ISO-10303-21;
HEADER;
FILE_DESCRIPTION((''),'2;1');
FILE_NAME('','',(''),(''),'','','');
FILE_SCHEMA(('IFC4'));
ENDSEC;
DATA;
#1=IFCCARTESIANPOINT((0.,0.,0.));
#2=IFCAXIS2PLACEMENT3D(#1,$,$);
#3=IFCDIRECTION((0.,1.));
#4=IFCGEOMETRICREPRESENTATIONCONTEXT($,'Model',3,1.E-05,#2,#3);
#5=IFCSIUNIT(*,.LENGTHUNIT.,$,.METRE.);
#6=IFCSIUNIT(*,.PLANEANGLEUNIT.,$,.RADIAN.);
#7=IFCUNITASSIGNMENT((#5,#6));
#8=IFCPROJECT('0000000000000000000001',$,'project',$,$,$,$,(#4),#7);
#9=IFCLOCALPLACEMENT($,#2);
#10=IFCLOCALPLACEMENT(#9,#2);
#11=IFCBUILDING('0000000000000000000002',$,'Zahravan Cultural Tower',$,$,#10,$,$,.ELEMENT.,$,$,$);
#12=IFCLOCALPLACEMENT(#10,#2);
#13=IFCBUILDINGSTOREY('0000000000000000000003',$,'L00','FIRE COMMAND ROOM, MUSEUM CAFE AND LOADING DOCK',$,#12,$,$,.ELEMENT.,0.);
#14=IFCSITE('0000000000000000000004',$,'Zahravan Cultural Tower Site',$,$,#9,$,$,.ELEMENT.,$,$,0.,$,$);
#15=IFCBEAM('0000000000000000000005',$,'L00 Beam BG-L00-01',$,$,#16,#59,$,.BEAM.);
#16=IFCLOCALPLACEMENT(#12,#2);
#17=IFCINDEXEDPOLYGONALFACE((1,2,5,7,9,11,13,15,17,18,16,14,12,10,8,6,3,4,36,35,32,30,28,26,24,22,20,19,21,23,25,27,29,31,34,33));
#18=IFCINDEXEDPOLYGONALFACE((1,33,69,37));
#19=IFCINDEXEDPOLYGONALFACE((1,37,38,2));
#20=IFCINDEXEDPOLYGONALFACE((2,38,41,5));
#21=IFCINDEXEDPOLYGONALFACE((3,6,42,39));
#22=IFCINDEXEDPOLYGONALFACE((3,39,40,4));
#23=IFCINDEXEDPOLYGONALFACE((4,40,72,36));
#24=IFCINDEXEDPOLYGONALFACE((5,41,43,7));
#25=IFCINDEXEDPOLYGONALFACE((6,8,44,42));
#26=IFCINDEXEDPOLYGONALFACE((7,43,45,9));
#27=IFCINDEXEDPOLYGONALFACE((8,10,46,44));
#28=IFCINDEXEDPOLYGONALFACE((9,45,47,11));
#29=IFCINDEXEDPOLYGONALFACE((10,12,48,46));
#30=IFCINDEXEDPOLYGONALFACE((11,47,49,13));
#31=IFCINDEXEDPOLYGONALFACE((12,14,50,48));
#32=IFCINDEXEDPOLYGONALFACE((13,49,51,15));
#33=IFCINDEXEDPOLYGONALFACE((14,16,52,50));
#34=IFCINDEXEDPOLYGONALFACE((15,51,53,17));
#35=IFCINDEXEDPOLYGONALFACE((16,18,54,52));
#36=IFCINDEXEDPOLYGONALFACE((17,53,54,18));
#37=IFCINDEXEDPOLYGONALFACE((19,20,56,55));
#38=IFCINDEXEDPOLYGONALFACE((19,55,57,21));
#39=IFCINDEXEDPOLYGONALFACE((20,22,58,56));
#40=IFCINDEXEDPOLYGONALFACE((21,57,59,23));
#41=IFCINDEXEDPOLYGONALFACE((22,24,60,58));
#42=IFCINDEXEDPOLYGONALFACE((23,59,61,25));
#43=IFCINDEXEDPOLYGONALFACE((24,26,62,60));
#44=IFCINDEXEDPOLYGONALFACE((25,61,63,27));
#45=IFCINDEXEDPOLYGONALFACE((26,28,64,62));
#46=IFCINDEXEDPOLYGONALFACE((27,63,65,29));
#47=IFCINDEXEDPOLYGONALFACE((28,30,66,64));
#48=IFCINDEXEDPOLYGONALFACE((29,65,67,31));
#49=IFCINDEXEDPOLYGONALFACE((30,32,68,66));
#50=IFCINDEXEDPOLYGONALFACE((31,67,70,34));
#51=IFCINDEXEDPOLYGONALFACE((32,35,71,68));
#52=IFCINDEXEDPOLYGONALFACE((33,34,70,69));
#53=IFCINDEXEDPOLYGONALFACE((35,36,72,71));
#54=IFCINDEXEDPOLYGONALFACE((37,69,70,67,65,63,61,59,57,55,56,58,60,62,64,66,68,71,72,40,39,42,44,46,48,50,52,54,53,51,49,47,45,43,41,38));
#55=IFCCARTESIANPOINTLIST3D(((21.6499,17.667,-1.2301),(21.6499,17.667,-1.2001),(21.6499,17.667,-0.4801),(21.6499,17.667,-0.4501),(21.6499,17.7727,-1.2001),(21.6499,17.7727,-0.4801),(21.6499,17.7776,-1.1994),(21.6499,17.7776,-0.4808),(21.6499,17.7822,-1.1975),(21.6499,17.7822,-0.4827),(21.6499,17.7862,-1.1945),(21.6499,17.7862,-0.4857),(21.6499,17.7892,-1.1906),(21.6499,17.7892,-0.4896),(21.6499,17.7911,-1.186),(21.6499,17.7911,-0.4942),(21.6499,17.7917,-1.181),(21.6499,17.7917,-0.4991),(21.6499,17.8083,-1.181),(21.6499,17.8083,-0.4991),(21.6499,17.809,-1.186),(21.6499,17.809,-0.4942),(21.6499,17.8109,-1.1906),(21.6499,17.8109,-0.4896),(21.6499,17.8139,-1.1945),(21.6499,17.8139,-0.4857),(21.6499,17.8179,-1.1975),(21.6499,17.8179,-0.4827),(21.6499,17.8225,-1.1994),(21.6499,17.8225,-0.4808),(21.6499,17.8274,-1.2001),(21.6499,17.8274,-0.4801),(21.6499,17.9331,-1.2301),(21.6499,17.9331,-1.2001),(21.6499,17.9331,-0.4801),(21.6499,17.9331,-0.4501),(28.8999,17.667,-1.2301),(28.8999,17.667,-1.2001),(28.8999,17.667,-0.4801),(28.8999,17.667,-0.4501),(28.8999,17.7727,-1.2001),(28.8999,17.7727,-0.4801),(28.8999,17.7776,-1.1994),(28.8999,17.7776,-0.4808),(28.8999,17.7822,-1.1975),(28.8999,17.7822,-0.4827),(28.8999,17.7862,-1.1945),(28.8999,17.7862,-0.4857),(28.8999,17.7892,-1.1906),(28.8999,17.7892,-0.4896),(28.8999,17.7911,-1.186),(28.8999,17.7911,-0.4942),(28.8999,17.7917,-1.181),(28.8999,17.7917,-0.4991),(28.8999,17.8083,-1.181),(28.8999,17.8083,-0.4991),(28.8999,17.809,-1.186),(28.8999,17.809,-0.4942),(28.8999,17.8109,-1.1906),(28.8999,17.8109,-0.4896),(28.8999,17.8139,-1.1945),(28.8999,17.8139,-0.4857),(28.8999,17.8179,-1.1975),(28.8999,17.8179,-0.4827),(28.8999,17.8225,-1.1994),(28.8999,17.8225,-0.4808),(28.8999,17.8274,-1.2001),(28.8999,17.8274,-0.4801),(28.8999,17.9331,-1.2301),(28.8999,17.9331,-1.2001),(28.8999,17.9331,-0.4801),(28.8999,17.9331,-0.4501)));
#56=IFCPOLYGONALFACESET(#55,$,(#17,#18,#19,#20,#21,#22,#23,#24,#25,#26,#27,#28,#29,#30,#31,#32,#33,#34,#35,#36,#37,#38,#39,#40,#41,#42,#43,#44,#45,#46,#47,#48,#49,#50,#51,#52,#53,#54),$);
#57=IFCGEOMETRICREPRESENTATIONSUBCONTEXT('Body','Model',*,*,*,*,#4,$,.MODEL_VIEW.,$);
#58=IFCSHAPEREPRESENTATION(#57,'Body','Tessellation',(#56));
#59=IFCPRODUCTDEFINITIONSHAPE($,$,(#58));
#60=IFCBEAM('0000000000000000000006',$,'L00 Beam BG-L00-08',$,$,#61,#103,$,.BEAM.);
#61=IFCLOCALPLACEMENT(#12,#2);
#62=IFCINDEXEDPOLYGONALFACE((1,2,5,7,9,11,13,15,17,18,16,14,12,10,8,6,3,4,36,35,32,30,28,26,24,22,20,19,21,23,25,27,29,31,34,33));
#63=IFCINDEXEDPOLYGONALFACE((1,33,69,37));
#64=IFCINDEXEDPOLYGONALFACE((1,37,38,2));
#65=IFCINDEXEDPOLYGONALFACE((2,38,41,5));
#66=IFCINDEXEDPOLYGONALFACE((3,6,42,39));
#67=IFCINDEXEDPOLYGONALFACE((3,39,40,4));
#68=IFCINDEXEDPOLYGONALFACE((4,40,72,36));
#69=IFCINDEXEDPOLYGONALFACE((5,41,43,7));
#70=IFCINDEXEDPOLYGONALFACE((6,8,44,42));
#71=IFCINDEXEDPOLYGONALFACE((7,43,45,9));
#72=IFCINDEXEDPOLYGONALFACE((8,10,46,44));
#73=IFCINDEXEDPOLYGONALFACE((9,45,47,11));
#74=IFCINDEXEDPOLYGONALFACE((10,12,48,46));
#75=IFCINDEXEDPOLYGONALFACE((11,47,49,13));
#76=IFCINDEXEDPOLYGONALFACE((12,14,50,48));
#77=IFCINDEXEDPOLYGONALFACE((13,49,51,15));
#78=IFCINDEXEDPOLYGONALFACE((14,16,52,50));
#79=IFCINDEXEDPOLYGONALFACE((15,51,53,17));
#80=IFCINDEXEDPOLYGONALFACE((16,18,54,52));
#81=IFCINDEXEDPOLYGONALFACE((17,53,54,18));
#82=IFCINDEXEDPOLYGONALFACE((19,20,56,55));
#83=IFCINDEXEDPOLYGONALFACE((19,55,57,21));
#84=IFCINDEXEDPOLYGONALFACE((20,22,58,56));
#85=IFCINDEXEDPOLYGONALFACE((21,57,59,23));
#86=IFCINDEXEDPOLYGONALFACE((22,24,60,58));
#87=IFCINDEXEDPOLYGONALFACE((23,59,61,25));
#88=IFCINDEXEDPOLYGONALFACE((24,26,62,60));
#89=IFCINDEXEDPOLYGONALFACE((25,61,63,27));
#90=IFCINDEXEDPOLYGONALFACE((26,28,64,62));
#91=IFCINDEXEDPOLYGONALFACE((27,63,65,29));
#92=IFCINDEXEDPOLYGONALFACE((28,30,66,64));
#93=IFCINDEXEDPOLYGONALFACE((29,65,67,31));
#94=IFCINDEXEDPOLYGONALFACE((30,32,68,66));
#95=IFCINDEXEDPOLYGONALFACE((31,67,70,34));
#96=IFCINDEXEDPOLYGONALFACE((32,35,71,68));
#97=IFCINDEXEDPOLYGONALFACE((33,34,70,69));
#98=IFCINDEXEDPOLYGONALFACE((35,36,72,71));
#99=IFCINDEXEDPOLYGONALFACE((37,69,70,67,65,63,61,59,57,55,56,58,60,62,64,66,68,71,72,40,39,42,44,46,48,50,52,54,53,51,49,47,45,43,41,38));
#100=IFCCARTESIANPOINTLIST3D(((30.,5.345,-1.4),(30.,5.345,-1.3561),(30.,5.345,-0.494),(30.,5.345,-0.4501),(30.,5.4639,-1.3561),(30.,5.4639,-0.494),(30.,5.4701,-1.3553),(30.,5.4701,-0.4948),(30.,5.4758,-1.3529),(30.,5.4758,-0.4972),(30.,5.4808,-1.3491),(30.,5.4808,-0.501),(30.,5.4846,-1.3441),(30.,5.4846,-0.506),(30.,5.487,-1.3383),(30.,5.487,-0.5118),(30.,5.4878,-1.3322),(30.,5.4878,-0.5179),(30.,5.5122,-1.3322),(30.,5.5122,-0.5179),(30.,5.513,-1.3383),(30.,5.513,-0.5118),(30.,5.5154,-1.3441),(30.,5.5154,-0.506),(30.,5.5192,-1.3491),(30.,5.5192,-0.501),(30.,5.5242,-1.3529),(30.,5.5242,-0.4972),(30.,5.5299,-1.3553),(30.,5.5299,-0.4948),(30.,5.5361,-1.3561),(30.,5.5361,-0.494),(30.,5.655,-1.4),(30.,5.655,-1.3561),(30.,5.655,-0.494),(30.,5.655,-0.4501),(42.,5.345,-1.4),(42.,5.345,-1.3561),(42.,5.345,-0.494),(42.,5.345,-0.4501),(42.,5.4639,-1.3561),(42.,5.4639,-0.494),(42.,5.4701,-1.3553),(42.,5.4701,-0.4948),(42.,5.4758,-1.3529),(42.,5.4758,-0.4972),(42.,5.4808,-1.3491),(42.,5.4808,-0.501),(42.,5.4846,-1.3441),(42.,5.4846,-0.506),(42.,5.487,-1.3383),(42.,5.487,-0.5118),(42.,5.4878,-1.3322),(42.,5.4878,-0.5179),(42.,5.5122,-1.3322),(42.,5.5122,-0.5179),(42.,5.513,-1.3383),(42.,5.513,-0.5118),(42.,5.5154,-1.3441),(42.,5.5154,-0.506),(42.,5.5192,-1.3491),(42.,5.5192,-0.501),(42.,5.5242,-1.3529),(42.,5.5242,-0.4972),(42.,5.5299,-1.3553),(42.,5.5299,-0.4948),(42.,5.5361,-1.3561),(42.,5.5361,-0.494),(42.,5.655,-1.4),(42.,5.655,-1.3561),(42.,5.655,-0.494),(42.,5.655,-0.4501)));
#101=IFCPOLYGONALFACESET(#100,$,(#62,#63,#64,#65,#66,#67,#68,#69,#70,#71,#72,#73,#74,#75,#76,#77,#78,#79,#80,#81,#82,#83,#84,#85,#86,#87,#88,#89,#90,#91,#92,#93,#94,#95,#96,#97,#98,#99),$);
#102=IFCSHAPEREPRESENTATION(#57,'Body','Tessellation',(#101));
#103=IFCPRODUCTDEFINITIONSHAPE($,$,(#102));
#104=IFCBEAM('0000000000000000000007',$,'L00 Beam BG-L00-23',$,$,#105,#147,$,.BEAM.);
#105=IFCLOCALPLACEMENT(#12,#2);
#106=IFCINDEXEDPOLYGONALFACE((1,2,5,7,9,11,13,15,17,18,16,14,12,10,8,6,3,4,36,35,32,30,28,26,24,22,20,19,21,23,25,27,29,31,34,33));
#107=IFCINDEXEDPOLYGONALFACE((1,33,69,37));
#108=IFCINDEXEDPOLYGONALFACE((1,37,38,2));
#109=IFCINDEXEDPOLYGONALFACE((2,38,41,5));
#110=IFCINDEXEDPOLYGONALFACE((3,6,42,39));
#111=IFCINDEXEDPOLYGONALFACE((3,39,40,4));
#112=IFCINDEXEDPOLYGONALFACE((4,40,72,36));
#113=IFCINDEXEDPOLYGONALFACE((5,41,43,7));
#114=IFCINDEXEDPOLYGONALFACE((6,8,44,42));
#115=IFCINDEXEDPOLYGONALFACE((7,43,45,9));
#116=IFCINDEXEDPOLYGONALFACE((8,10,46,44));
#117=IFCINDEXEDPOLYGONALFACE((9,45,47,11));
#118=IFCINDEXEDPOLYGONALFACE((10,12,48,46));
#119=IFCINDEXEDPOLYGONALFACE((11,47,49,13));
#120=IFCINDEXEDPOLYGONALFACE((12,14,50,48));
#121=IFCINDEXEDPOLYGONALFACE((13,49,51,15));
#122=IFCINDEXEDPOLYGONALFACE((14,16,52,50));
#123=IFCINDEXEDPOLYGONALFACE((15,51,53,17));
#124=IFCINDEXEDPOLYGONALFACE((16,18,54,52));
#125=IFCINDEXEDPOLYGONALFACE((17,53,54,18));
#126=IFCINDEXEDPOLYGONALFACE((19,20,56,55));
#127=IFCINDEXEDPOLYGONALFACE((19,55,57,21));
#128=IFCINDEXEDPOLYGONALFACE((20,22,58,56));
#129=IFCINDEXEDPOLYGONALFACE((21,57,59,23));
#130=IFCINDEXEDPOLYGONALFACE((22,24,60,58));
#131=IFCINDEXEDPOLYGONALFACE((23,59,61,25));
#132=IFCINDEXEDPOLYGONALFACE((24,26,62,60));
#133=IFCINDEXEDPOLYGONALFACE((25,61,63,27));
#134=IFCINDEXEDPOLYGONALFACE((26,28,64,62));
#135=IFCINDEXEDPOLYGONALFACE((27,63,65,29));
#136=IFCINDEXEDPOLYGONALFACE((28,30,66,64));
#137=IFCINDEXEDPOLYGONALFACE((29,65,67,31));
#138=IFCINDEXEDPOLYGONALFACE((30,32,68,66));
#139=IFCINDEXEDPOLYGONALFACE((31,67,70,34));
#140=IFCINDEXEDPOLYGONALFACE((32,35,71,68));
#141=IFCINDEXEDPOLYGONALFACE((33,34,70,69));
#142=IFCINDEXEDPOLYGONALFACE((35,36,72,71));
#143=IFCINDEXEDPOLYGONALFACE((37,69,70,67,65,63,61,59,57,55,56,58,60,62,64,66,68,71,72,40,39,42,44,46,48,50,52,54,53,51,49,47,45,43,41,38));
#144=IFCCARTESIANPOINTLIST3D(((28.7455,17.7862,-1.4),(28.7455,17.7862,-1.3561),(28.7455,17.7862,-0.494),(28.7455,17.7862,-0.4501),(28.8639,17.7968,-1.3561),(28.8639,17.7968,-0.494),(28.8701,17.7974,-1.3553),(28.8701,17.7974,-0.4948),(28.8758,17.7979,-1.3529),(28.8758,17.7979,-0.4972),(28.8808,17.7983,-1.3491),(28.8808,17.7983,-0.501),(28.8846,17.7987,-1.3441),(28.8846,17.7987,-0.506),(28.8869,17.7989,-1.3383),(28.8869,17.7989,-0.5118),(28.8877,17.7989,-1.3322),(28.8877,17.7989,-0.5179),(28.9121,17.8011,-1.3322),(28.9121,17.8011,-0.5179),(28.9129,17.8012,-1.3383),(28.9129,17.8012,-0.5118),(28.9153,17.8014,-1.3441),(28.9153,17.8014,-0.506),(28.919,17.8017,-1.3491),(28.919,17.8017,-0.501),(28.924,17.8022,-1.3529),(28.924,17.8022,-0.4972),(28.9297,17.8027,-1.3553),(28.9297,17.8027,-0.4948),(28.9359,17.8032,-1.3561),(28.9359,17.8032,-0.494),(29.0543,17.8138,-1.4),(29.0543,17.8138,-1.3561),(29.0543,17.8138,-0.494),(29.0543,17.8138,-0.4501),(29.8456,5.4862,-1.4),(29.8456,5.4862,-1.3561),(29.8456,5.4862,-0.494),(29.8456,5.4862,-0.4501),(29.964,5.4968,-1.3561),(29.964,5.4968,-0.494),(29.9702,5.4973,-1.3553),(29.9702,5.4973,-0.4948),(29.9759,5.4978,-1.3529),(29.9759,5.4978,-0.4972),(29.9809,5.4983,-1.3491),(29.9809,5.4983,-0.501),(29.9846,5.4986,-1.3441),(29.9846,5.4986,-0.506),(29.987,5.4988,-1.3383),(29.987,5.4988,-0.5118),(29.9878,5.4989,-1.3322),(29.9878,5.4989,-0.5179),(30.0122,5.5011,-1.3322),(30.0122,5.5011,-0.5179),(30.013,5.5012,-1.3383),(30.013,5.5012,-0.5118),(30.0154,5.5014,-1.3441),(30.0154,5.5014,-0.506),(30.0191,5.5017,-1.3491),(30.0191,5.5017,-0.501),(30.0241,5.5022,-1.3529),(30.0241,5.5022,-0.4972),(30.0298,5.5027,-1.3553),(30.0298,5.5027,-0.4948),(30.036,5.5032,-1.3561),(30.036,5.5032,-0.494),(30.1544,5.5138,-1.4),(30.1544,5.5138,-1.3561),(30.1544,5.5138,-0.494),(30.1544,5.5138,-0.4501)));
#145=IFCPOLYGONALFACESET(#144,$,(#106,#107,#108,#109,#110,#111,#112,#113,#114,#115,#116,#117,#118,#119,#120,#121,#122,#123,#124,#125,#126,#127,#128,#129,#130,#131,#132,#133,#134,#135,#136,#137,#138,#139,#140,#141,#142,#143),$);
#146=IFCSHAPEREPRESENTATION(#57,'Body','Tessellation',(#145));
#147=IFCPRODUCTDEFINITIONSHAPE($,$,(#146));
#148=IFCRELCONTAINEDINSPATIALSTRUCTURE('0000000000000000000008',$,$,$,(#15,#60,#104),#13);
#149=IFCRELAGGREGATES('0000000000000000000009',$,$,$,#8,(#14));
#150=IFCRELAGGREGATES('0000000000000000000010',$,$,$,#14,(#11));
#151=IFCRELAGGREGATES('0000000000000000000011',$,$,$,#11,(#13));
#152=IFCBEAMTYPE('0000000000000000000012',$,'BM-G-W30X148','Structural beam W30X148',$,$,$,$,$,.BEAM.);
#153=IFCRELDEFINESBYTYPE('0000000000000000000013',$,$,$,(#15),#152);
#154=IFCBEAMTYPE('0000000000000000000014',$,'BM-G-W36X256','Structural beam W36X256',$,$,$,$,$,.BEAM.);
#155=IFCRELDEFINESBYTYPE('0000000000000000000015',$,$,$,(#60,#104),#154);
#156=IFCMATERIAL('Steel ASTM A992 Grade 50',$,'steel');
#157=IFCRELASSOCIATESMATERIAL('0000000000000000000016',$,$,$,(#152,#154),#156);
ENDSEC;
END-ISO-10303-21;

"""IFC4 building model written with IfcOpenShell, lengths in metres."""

from ifc_helpers import new_model, si_unit, direction, frame, origin, origin_2d, place, context, subcontext, project, spatial, i_section, extrude, source, transform, mapped, material, material_profile, profile_set, type_object, element, save


model = new_model("IFC4")

# Units and contexts
model_context = context("Model", 3, precision=1e-05, world=origin(), true_north=direction((0.0, 1.0)))
body_context = subcontext(model_context, "Body", "Model", "MODEL_VIEW")
ifc_project = project(units=[si_unit("LENGTHUNIT", "METRE"), si_unit("PLANEANGLEUNIT", "RADIAN")], contexts=[model_context])

# Site, building, storey
site_placement = place(None, origin())
site = spatial("IfcSite", under=ifc_project, at=site_placement, Name="Zahravan Cultural Tower Site", CompositionType="ELEMENT", RefElevation=0.0)
building_placement = place(site_placement, origin())
building = spatial("IfcBuilding", under=site, at=building_placement, Name="Zahravan Cultural Tower", CompositionType="ELEMENT")
storey_placement = place(building_placement, origin())
storey = spatial("IfcBuildingStorey", under=building, at=storey_placement, Name="L00", Description="FIRE COMMAND ROOM, MUSEUM CAFE AND LOADING DOCK", CompositionType="ELEMENT", Elevation=0.0)

# Beams
ifc_material_1 = material(Name="Steel ASTM A992 Grade 50", Category="steel")
ifc_material_profile_1 = material_profile(ifc_material_1, i_section(OverallWidth=0.2661, OverallDepth=0.78, WebThickness=0.0166, FlangeThickness=0.03, FilletRadius=0.019, at=origin_2d()), Name="W30X148")
ifc_profile_set_1 = profile_set([ifc_material_profile_1], Name="Steel ASTM A992 Grade 50")
beam_type_1 = type_object("IfcBeamType", Name="BM-G-W30X148", Description="Structural beam W30X148", PredefinedType="BEAM", material=ifc_profile_set_1)
shared_shape_1 = source(origin(), body_context, "Body", "SweptSolid", [
    extrude(i_section(OverallWidth=0.2661, OverallDepth=0.78, WebThickness=0.0166, FlangeThickness=0.03, FilletRadius=0.019, at=origin_2d()), origin(), (0.0, 0.0, 1.0), 7.25),
])
beam_1_placement = place(storey_placement, frame((21.6499, 17.8, -0.8401), z_axis=(1.0, 0.0, 0.0), x_axis=(0.0, 1.0, 0.0)))
element("IfcBeam", 1, at=beam_1_placement, inside=storey, type_object=beam_type_1, Name="L00 Beam BG-L00-01", PredefinedType="BEAM", context=body_context, shape_type="MappedRepresentation", body=[
    mapped(shared_shape_1, transform((0.0, 0.0, 0.0), x_axis=(1.0, 0.0, 0.0), y_axis=(0.0, 1.0, 0.0), z_axis=(0.0, 0.0, 1.0), scale=1.0)),
])
ifc_material_profile_2 = material_profile(ifc_material_1, i_section(OverallWidth=0.3101, OverallDepth=0.95, WebThickness=0.0244, FlangeThickness=0.0439, FilletRadius=0.0239, at=origin_2d()), Name="W36X256")
ifc_profile_set_2 = profile_set([ifc_material_profile_2], Name="Steel ASTM A992 Grade 50")
beam_type_2 = type_object("IfcBeamType", Name="BM-G-W36X256", Description="Structural beam W36X256", PredefinedType="BEAM", material=ifc_profile_set_2)
shared_shape_2 = source(origin(), body_context, "Body", "SweptSolid", [
    extrude(i_section(OverallWidth=0.3101, OverallDepth=0.95, WebThickness=0.0244, FlangeThickness=0.0439, FilletRadius=0.0239, at=origin_2d()), origin(), (0.0, 0.0, 1.0), 12.0),
])
beam_2_placement = place(storey_placement, frame((30.0, 5.5, -0.925), z_axis=(1.0, 0.0, 0.0), x_axis=(0.0, 1.0, 0.0)))
element("IfcBeam", 2, at=beam_2_placement, inside=storey, type_object=beam_type_2, Name="L00 Beam BG-L00-08", PredefinedType="BEAM", context=body_context, shape_type="MappedRepresentation", body=[
    mapped(shared_shape_2, transform((0.0, 0.0, 0.0), x_axis=(1.0, 0.0, 0.0), y_axis=(0.0, 1.0, 0.0), z_axis=(0.0, 0.0, 1.0), scale=1.0)),
])
shared_shape_3 = source(origin(), body_context, "Body", "SweptSolid", [
    extrude(i_section(OverallWidth=0.3101, OverallDepth=0.95, WebThickness=0.0244, FlangeThickness=0.0439, FilletRadius=0.0239, at=origin_2d()), origin(), (0.0, 0.0, 1.0), 12.3491),
])
beam_3_placement = place(storey_placement, frame((30.0, 5.5, -0.925), z_axis=(-0.089083, 0.996024, 0.0), x_axis=(-0.996024, -0.089083, 0.0)))
element("IfcBeam", 3, at=beam_3_placement, inside=storey, type_object=beam_type_2, Name="L00 Beam BG-L00-23", PredefinedType="BEAM", context=body_context, shape_type="MappedRepresentation", body=[
    mapped(shared_shape_3, transform((0.0, 0.0, 0.0), x_axis=(1.0, 0.0, 0.0), y_axis=(0.0, 1.0, 0.0), z_axis=(0.0, 0.0, 1.0), scale=1.0)),
])

save(model, "model.ifc")
